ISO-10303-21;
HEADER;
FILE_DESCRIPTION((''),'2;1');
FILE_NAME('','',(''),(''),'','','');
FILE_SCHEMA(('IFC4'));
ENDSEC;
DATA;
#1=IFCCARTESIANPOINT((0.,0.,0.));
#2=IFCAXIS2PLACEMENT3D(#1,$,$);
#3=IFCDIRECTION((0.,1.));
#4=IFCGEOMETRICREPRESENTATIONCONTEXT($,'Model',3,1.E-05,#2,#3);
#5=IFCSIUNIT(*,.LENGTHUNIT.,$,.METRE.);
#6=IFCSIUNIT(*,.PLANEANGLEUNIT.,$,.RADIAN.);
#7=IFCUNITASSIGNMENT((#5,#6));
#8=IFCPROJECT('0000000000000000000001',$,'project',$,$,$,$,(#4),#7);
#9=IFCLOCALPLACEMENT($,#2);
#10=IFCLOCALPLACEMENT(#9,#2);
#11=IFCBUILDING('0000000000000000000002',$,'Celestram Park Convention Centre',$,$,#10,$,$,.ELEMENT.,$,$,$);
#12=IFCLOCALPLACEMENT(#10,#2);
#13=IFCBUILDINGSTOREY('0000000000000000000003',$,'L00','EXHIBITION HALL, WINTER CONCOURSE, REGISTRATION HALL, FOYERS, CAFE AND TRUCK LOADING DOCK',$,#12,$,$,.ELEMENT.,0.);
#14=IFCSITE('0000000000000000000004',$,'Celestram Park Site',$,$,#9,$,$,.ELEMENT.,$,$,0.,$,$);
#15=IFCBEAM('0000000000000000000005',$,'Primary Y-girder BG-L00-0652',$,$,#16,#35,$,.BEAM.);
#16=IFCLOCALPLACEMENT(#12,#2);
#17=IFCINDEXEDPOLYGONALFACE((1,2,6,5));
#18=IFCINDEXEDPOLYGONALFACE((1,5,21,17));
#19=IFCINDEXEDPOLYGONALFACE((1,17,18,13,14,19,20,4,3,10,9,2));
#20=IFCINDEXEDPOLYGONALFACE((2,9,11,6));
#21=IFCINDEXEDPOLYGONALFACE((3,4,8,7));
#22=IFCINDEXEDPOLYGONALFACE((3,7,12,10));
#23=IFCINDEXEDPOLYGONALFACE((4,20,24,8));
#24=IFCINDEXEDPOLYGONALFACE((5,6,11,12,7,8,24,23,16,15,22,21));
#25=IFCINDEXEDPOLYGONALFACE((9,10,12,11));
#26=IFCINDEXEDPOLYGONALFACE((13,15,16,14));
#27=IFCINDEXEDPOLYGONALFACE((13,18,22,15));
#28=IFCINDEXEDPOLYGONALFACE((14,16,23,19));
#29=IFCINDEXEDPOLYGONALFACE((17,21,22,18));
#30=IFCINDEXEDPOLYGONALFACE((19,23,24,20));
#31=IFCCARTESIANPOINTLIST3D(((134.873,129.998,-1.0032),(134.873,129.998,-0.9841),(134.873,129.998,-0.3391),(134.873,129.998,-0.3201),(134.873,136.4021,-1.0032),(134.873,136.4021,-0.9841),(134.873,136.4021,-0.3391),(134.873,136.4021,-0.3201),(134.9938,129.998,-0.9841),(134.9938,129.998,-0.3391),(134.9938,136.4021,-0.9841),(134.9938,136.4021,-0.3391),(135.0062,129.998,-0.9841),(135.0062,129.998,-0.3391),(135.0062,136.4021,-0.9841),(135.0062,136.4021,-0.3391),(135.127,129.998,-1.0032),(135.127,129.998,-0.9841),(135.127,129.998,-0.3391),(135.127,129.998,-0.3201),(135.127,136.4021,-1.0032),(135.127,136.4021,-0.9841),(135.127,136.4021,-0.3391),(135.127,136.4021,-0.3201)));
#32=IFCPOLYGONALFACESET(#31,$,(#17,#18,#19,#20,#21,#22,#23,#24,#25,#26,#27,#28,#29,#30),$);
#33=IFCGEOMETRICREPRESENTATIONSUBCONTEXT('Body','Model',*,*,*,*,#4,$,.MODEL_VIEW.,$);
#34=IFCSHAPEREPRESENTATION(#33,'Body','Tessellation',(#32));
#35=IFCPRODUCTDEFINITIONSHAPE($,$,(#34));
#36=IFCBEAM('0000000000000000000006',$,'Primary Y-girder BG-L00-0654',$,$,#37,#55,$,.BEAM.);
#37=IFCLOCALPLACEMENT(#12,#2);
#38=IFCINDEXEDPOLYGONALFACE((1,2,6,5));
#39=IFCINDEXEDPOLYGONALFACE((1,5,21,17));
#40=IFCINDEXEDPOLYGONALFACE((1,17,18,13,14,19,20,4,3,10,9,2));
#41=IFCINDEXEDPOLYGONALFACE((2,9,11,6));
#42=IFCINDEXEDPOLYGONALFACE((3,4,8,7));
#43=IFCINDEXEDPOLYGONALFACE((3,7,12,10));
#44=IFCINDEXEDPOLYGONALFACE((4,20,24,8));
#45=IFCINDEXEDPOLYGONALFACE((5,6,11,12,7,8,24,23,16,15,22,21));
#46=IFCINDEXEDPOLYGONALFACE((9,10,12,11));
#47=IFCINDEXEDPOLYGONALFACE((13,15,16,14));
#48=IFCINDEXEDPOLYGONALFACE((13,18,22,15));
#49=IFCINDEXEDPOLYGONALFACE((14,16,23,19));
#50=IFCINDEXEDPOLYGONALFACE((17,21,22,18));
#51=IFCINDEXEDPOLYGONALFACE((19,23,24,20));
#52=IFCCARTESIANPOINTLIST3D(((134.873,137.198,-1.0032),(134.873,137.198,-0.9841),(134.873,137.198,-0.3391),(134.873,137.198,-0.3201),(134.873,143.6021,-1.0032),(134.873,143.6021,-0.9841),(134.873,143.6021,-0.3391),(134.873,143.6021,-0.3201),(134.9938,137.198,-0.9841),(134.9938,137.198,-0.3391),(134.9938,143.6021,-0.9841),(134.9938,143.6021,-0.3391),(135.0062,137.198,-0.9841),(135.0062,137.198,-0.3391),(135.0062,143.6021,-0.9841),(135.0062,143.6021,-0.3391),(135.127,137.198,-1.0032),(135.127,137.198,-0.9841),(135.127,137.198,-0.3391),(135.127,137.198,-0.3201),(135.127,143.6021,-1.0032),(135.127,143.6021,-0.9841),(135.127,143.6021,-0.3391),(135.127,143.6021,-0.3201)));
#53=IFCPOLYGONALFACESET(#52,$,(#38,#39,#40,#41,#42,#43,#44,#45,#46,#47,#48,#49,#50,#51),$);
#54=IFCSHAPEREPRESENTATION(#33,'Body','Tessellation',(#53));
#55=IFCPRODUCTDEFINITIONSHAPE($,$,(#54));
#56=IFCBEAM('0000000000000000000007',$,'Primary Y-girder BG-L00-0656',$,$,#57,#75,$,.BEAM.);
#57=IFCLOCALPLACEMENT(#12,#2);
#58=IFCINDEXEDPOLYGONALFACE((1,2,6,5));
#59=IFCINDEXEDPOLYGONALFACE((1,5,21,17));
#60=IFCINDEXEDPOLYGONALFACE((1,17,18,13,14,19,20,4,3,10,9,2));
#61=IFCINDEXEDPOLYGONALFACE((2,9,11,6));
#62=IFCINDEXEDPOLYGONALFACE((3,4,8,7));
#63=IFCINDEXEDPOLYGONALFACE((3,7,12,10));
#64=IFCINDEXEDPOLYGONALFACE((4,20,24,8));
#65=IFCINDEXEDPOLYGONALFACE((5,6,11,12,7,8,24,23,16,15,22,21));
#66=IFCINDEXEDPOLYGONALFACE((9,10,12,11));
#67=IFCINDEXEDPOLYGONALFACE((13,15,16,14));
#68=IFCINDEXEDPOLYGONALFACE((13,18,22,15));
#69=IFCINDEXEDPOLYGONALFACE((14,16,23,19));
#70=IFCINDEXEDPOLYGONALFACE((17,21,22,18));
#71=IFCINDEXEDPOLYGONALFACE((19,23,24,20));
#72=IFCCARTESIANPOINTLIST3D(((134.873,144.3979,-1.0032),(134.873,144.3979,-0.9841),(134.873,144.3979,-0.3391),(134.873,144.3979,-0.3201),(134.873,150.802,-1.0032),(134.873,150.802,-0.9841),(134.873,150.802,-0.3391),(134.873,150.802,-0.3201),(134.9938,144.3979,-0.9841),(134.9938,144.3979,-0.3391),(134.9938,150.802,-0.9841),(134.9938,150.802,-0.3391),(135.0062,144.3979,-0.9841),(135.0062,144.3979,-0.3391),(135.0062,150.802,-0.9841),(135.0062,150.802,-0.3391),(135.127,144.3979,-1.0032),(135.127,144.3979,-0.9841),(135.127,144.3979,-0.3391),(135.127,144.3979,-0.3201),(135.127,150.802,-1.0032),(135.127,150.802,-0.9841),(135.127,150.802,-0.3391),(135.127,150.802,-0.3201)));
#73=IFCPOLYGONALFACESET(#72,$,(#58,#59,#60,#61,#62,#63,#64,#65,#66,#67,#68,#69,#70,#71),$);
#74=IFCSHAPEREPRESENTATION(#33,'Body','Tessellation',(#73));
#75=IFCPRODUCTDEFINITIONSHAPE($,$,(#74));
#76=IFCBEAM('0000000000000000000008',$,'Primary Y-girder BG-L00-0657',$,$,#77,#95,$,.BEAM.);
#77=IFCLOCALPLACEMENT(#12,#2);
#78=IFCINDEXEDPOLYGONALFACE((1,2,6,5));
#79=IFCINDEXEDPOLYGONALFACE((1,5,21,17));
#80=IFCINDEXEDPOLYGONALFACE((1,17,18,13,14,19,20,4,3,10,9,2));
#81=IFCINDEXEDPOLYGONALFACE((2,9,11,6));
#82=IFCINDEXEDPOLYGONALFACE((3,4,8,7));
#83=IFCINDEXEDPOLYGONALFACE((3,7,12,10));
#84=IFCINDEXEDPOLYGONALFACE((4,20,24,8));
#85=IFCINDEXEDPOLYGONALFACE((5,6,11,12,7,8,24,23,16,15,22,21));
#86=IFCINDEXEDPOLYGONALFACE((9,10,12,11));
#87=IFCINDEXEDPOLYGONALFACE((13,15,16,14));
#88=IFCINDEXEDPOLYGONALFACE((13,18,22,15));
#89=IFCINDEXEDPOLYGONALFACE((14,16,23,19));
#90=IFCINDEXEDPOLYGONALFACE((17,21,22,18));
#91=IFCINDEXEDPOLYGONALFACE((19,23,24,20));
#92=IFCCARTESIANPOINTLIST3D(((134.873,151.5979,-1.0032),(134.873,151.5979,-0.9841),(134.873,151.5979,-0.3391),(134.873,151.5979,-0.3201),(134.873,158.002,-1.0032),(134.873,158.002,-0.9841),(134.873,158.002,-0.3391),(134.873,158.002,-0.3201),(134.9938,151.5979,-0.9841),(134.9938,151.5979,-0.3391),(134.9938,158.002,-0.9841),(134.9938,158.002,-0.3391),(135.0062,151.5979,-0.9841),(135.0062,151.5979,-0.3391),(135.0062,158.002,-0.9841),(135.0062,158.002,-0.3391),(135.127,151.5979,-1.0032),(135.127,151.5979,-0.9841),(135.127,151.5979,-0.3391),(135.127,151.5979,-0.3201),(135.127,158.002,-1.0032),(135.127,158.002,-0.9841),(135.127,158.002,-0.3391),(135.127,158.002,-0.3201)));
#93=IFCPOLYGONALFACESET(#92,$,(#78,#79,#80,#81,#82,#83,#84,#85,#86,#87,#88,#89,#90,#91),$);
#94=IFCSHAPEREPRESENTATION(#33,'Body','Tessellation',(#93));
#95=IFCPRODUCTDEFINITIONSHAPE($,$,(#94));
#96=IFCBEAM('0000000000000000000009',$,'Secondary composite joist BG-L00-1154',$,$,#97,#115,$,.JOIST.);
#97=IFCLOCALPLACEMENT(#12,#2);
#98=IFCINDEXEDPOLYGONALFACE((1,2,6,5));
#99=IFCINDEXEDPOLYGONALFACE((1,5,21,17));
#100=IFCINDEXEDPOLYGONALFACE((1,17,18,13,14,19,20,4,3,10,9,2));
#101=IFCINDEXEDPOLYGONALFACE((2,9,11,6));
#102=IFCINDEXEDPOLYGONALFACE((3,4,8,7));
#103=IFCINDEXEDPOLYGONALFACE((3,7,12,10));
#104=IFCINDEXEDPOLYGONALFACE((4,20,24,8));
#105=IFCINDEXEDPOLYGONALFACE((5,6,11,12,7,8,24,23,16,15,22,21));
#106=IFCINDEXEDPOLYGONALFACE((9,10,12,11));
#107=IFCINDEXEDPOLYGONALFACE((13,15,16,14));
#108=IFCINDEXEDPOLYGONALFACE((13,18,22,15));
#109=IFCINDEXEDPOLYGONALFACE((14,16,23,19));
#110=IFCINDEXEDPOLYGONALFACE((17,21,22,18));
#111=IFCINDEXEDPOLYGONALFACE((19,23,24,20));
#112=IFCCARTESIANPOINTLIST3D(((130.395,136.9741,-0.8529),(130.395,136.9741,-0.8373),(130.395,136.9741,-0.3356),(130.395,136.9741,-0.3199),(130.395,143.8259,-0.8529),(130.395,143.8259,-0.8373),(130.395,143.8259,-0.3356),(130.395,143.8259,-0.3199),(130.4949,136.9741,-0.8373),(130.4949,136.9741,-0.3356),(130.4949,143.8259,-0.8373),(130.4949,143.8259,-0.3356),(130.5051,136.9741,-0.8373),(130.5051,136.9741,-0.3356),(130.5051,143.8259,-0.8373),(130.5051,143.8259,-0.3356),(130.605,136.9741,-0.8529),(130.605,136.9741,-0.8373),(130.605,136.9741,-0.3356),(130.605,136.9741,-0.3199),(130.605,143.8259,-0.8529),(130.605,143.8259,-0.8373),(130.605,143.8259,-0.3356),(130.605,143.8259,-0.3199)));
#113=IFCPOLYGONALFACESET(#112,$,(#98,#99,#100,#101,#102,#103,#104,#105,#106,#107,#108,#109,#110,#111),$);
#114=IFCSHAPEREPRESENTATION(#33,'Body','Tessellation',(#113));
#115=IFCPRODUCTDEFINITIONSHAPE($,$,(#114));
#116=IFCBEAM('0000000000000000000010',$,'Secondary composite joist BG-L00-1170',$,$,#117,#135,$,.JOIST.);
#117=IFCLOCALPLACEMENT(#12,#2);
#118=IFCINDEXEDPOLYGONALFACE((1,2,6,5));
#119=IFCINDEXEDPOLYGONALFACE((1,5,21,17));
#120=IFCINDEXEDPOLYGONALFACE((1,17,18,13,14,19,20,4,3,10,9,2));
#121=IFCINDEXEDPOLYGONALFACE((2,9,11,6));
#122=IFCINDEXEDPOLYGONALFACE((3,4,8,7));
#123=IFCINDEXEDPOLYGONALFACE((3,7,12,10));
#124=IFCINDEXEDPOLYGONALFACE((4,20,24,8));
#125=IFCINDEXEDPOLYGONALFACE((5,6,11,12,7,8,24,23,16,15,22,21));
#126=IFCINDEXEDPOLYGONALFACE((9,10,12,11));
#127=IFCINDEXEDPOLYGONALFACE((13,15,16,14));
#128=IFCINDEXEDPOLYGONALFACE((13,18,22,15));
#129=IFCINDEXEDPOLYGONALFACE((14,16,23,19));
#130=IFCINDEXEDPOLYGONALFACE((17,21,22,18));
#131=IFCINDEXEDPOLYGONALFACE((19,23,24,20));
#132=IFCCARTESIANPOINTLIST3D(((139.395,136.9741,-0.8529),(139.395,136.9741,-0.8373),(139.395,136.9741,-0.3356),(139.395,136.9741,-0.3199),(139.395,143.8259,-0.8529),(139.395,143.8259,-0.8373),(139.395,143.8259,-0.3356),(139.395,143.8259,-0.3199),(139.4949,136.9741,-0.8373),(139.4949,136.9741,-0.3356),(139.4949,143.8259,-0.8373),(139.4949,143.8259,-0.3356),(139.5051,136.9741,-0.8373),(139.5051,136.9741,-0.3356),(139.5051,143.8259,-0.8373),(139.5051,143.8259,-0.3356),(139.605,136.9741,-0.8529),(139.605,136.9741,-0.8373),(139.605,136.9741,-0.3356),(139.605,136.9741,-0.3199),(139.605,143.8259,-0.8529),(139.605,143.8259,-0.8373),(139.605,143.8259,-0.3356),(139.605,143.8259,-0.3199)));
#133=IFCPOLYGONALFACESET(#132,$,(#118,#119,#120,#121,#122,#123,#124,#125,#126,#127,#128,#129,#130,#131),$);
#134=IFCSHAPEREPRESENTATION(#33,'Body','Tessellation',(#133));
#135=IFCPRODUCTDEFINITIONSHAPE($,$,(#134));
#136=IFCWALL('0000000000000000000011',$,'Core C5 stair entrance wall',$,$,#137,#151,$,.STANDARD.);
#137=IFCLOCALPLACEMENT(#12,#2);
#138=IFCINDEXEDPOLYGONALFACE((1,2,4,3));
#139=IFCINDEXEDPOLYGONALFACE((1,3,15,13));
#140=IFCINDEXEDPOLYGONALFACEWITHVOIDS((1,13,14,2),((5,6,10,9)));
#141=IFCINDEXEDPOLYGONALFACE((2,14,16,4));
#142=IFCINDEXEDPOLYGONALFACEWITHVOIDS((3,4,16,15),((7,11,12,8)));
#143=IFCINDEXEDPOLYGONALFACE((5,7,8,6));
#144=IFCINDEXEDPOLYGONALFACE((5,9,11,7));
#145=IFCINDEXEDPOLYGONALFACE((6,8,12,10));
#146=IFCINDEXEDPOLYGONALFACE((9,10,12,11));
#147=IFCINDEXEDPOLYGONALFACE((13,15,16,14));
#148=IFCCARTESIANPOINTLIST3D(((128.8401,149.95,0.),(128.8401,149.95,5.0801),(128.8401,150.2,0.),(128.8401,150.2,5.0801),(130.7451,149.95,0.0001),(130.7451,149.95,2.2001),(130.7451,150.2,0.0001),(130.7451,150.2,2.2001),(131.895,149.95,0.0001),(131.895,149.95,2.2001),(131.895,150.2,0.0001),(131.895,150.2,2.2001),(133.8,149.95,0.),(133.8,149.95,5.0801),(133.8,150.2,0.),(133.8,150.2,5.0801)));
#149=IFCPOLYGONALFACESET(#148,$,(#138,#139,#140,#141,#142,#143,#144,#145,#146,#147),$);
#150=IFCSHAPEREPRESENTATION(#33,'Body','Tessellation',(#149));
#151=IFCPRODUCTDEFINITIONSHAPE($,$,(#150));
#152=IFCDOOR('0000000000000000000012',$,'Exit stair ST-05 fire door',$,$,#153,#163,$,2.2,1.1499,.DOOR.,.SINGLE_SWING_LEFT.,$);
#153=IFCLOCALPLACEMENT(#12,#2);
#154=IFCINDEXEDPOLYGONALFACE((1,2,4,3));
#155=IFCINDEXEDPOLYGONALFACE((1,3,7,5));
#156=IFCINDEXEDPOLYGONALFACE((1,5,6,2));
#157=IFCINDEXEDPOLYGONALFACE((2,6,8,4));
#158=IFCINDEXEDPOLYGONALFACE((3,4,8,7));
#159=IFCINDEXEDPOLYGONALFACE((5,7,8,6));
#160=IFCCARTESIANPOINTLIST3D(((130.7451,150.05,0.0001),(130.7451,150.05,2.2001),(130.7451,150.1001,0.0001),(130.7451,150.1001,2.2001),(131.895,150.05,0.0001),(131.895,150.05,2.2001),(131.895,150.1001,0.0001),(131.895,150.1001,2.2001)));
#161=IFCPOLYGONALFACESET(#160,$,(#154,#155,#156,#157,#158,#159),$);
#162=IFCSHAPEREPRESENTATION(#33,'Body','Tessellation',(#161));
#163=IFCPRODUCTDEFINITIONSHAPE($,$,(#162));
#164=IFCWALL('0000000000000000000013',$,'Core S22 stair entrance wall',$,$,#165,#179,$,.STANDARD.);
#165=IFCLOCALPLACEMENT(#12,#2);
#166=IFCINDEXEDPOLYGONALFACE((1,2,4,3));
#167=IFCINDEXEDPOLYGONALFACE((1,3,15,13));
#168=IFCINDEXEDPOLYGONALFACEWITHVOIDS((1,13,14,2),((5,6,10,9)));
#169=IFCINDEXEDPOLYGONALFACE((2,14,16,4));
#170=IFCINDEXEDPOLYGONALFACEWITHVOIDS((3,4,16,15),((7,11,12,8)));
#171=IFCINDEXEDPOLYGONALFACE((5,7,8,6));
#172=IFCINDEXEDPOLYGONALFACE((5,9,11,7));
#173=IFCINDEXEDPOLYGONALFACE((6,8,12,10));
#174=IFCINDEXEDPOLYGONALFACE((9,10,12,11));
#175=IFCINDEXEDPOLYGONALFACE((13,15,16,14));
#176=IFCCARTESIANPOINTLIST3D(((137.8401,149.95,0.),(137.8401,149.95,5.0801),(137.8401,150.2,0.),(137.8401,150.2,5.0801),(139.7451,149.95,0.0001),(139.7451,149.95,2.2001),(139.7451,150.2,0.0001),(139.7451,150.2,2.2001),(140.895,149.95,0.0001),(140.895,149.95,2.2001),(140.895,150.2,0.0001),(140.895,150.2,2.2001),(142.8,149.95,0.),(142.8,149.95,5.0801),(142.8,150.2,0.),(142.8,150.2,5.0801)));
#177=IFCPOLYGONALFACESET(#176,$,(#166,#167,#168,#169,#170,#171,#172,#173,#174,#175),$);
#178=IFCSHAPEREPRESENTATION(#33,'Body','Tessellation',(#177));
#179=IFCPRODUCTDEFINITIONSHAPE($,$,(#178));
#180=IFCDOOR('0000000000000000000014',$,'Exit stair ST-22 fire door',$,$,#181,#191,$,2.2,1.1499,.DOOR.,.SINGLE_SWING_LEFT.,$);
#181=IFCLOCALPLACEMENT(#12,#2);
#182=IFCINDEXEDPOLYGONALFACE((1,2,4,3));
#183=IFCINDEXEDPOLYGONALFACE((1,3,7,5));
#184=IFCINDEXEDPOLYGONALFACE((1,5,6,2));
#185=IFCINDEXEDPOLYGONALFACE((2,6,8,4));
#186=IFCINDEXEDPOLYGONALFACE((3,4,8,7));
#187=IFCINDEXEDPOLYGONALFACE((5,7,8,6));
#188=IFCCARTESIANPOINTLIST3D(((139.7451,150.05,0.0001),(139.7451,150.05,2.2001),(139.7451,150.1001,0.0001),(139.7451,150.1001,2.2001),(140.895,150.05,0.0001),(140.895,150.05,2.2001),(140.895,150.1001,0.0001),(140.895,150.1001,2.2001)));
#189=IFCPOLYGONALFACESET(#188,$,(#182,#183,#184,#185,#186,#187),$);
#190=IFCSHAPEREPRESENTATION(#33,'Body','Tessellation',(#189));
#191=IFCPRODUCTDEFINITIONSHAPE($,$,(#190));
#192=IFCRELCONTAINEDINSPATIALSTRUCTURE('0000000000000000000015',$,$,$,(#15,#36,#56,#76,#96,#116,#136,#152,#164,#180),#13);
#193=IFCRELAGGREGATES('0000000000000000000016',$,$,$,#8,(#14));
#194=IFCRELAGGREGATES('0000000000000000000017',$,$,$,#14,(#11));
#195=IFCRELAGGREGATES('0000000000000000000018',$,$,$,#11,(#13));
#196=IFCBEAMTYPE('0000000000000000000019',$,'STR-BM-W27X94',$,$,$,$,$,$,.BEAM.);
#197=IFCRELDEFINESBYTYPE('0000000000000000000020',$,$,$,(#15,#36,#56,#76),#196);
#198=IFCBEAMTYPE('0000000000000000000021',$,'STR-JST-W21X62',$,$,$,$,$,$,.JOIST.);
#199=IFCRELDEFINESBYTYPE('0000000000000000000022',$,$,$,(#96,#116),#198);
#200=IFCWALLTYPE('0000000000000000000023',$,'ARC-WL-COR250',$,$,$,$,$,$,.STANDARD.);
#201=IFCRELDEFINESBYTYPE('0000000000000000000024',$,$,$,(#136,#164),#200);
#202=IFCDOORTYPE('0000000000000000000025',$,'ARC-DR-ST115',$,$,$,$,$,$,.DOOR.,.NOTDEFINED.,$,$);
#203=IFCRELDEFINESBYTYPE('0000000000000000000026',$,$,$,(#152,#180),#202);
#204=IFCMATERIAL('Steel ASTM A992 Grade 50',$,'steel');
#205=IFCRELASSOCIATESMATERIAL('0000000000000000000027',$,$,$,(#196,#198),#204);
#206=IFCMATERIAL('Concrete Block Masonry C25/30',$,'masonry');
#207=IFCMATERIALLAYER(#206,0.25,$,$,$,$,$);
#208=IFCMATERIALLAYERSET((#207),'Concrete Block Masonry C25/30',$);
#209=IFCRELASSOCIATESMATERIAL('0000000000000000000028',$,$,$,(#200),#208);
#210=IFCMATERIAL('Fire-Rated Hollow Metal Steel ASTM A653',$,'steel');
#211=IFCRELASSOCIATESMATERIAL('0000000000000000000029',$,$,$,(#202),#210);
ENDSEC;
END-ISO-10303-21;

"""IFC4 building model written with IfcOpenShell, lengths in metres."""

from ifc_helpers import new_model, si_unit, direction, frame, frame_2d, origin, origin_2d, place, context, subcontext, project, spatial, rectangle, i_section, extrude, material, layer, layer_set, material_profile, profile_set, type_object, element, fill, save


model = new_model("IFC4")

# Units and contexts
model_context = context("Model", 3, precision=1e-05, world=origin(), true_north=direction((0.0, 1.0)))
body_context = subcontext(model_context, "Body", "Model", "MODEL_VIEW")
ifc_project = project(units=[si_unit("LENGTHUNIT", "METRE"), si_unit("PLANEANGLEUNIT", "RADIAN")], contexts=[model_context])

# Site, building, storey
site_placement = place(None, origin())
site = spatial("IfcSite", under=ifc_project, at=site_placement, Name="Celestram Park Site", CompositionType="ELEMENT", RefElevation=0.0)
building_placement = place(site_placement, origin())
building = spatial("IfcBuilding", under=site, at=building_placement, Name="Celestram Park Convention Centre", CompositionType="ELEMENT")
storey_placement = place(building_placement, origin())
storey = spatial("IfcBuildingStorey", under=building, at=storey_placement, Name="L00", Description="EXHIBITION HALL, WINTER CONCOURSE, REGISTRATION HALL, FOYERS, CAFE AND TRUCK LOADING DOCK", CompositionType="ELEMENT", Elevation=0.0)

# Beams
ifc_material_1 = material(Name="Steel ASTM A992 Grade 50", Category="steel")
ifc_material_profile_1 = material_profile(ifc_material_1, i_section(OverallWidth=0.2539, OverallDepth=0.6831, WebThickness=0.0125, FlangeThickness=0.019, at=origin_2d()), Name="W27X94")
ifc_profile_set_1 = profile_set([ifc_material_profile_1], Name="Steel ASTM A992 Grade 50")
beam_type_1 = type_object("IfcBeamType", Name="STR-BM-W27X94", PredefinedType="BEAM", material=ifc_profile_set_1)
for number, where, z_axis, x_axis, name in (
    (1, (135.0, 129.998, -0.6616), (0.0, 1.0, 0.0), (-1.0, 0.0, 0.0), "Primary Y-girder BG-L00-0652"),
    (2, (135.0, 137.198, -0.6616), (0.0, 1.0, 0.0), (-1.0, 0.0, 0.0), "Primary Y-girder BG-L00-0654"),
    (3, (135.0, 144.3979, -0.6616), (0.0, 1.0, 0.0), (-1.0, 0.0, 0.0), "Primary Y-girder BG-L00-0656"),
    (4, (135.0, 151.5979, -0.6616), (0.0, 1.0, 0.0), (-1.0, 0.0, 0.0), "Primary Y-girder BG-L00-0657"),
):
    element("IfcBeam", number, at=place(storey_placement, frame(where, z_axis=z_axis, x_axis=x_axis)), inside=storey, type_object=beam_type_1, Name=name, PredefinedType="BEAM", context=body_context, shape_type="SweptSolid", body=[
        extrude(i_section(OverallWidth=0.2539, OverallDepth=0.6831, WebThickness=0.0125, FlangeThickness=0.019, at=origin_2d()), origin(), (0.0, 0.0, 1.0), 6.4041),
    ])
ifc_material_profile_2 = material_profile(ifc_material_1, i_section(OverallWidth=0.21, OverallDepth=0.533, WebThickness=0.0103, FlangeThickness=0.0156, at=origin_2d()), Name="W21X62")
ifc_profile_set_2 = profile_set([ifc_material_profile_2], Name="Steel ASTM A992 Grade 50")
beam_type_2 = type_object("IfcBeamType", Name="STR-JST-W21X62", PredefinedType="JOIST", material=ifc_profile_set_2)
for number, where, z_axis, x_axis, name in (
    (5, (130.5, 136.9741, -0.5864), (0.0, 1.0, 0.0), (-1.0, 0.0, 0.0), "Secondary composite joist BG-L00-1154"),
    (6, (139.5, 136.9741, -0.5864), (0.0, 1.0, 0.0), (-1.0, 0.0, 0.0), "Secondary composite joist BG-L00-1170"),
):
    element("IfcBeam", number, at=place(storey_placement, frame(where, z_axis=z_axis, x_axis=x_axis)), inside=storey, type_object=beam_type_2, Name=name, PredefinedType="JOIST", context=body_context, shape_type="SweptSolid", body=[
        extrude(i_section(OverallWidth=0.21, OverallDepth=0.533, WebThickness=0.0103, FlangeThickness=0.0156, at=origin_2d()), origin(), (0.0, 0.0, 1.0), 6.8518),
    ])

# Walls, openings, doors
ifc_material_2 = material(Name="Concrete Block Masonry C25/30", Category="masonry")
ifc_layer_1 = layer(ifc_material_2, 0.25)
ifc_layer_set_1 = layer_set([ifc_layer_1], Name="Concrete Block Masonry C25/30")
wall_type_1 = type_object("IfcWallType", Name="ARC-WL-COR250", PredefinedType="STANDARD", material=ifc_layer_set_1)
wall_1_placement = place(storey_placement, frame((133.8, 150.075, 0.0), z_axis=(0.0, 0.0, 1.0), x_axis=(-1.0, 0.0, 0.0)))
wall_1 = element("IfcWall", 7, at=wall_1_placement, inside=storey, type_object=wall_type_1, Name="Core C5 stair entrance wall", PredefinedType="STANDARD", context=body_context, shape_type="SweptSolid", body=[
    extrude(rectangle(XDim=4.96, YDim=0.25, at=frame_2d((2.48, 0.0))), origin(), (0.0, 0.0, 1.0), 5.0801),
])
opening_1_placement = place(wall_1_placement, frame((1.905, 0.0, 0.0)))
opening_1 = element("IfcOpeningElement", 8, at=opening_1_placement, cuts=wall_1, PredefinedType="OPENING", context=body_context, shape_type="SweptSolid", body=[
    extrude(rectangle(XDim=1.1499, YDim=2.2, at=frame_2d((0.575, 1.1001))), frame((0.0, 0.135, 0.0), z_axis=(0.0, -1.0, 0.0), x_axis=(1.0, 0.0, 0.0)), (0.0, 0.0, 1.0), 0.27),
])
ifc_material_3 = material(Name="Fire-Rated Hollow Metal Steel ASTM A653", Category="steel")
door_type_1 = type_object("IfcDoorType", Name="ARC-DR-ST115", OperationType="NOTDEFINED", PredefinedType="DOOR", material=ifc_material_3)
door_1_placement = place(opening_1_placement, origin())
door_1 = element("IfcDoor", 9, at=door_1_placement, inside=storey, type_object=door_type_1, Name="Exit stair ST-05 fire door", OperationType="SINGLE_SWING_LEFT", OverallHeight=2.2, OverallWidth=1.1499, PredefinedType="DOOR", context=body_context, shape_type="SweptSolid", body=[
    extrude(rectangle(XDim=1.1499, YDim=2.2, at=frame_2d((0.575, 1.1001))), frame((0.0, 0.0249, 0.0), z_axis=(0.0, -1.0, 0.0), x_axis=(1.0, 0.0, 0.0)), (0.0, 0.0, 1.0), 0.05),
])
fill(opening_1, door_1)
wall_2_placement = place(storey_placement, frame((142.8, 150.075, 0.0), z_axis=(0.0, 0.0, 1.0), x_axis=(-1.0, 0.0, 0.0)))
wall_2 = element("IfcWall", 10, at=wall_2_placement, inside=storey, type_object=wall_type_1, Name="Core S22 stair entrance wall", PredefinedType="STANDARD", context=body_context, shape_type="SweptSolid", body=[
    extrude(rectangle(XDim=4.96, YDim=0.25, at=frame_2d((2.48, 0.0))), origin(), (0.0, 0.0, 1.0), 5.0801),
])
opening_2_placement = place(wall_2_placement, frame((1.905, 0.0, 0.0)))
opening_2 = element("IfcOpeningElement", 11, at=opening_2_placement, cuts=wall_2, PredefinedType="OPENING", context=body_context, shape_type="SweptSolid", body=[
    extrude(rectangle(XDim=1.1499, YDim=2.2, at=frame_2d((0.575, 1.1001))), frame((0.0, 0.135, 0.0), z_axis=(0.0, -1.0, 0.0), x_axis=(1.0, 0.0, 0.0)), (0.0, 0.0, 1.0), 0.27),
])
door_2_placement = place(opening_2_placement, origin())
door_2 = element("IfcDoor", 12, at=door_2_placement, inside=storey, type_object=door_type_1, Name="Exit stair ST-22 fire door", OperationType="SINGLE_SWING_LEFT", OverallHeight=2.2, OverallWidth=1.1499, PredefinedType="DOOR", context=body_context, shape_type="SweptSolid", body=[
    extrude(rectangle(XDim=1.1499, YDim=2.2, at=frame_2d((0.575, 1.1001))), frame((0.0, 0.0249, 0.0), z_axis=(0.0, -1.0, 0.0), x_axis=(1.0, 0.0, 0.0)), (0.0, 0.0, 1.0), 0.05),
])
fill(opening_2, door_2)

save(model, "model.ifc")
